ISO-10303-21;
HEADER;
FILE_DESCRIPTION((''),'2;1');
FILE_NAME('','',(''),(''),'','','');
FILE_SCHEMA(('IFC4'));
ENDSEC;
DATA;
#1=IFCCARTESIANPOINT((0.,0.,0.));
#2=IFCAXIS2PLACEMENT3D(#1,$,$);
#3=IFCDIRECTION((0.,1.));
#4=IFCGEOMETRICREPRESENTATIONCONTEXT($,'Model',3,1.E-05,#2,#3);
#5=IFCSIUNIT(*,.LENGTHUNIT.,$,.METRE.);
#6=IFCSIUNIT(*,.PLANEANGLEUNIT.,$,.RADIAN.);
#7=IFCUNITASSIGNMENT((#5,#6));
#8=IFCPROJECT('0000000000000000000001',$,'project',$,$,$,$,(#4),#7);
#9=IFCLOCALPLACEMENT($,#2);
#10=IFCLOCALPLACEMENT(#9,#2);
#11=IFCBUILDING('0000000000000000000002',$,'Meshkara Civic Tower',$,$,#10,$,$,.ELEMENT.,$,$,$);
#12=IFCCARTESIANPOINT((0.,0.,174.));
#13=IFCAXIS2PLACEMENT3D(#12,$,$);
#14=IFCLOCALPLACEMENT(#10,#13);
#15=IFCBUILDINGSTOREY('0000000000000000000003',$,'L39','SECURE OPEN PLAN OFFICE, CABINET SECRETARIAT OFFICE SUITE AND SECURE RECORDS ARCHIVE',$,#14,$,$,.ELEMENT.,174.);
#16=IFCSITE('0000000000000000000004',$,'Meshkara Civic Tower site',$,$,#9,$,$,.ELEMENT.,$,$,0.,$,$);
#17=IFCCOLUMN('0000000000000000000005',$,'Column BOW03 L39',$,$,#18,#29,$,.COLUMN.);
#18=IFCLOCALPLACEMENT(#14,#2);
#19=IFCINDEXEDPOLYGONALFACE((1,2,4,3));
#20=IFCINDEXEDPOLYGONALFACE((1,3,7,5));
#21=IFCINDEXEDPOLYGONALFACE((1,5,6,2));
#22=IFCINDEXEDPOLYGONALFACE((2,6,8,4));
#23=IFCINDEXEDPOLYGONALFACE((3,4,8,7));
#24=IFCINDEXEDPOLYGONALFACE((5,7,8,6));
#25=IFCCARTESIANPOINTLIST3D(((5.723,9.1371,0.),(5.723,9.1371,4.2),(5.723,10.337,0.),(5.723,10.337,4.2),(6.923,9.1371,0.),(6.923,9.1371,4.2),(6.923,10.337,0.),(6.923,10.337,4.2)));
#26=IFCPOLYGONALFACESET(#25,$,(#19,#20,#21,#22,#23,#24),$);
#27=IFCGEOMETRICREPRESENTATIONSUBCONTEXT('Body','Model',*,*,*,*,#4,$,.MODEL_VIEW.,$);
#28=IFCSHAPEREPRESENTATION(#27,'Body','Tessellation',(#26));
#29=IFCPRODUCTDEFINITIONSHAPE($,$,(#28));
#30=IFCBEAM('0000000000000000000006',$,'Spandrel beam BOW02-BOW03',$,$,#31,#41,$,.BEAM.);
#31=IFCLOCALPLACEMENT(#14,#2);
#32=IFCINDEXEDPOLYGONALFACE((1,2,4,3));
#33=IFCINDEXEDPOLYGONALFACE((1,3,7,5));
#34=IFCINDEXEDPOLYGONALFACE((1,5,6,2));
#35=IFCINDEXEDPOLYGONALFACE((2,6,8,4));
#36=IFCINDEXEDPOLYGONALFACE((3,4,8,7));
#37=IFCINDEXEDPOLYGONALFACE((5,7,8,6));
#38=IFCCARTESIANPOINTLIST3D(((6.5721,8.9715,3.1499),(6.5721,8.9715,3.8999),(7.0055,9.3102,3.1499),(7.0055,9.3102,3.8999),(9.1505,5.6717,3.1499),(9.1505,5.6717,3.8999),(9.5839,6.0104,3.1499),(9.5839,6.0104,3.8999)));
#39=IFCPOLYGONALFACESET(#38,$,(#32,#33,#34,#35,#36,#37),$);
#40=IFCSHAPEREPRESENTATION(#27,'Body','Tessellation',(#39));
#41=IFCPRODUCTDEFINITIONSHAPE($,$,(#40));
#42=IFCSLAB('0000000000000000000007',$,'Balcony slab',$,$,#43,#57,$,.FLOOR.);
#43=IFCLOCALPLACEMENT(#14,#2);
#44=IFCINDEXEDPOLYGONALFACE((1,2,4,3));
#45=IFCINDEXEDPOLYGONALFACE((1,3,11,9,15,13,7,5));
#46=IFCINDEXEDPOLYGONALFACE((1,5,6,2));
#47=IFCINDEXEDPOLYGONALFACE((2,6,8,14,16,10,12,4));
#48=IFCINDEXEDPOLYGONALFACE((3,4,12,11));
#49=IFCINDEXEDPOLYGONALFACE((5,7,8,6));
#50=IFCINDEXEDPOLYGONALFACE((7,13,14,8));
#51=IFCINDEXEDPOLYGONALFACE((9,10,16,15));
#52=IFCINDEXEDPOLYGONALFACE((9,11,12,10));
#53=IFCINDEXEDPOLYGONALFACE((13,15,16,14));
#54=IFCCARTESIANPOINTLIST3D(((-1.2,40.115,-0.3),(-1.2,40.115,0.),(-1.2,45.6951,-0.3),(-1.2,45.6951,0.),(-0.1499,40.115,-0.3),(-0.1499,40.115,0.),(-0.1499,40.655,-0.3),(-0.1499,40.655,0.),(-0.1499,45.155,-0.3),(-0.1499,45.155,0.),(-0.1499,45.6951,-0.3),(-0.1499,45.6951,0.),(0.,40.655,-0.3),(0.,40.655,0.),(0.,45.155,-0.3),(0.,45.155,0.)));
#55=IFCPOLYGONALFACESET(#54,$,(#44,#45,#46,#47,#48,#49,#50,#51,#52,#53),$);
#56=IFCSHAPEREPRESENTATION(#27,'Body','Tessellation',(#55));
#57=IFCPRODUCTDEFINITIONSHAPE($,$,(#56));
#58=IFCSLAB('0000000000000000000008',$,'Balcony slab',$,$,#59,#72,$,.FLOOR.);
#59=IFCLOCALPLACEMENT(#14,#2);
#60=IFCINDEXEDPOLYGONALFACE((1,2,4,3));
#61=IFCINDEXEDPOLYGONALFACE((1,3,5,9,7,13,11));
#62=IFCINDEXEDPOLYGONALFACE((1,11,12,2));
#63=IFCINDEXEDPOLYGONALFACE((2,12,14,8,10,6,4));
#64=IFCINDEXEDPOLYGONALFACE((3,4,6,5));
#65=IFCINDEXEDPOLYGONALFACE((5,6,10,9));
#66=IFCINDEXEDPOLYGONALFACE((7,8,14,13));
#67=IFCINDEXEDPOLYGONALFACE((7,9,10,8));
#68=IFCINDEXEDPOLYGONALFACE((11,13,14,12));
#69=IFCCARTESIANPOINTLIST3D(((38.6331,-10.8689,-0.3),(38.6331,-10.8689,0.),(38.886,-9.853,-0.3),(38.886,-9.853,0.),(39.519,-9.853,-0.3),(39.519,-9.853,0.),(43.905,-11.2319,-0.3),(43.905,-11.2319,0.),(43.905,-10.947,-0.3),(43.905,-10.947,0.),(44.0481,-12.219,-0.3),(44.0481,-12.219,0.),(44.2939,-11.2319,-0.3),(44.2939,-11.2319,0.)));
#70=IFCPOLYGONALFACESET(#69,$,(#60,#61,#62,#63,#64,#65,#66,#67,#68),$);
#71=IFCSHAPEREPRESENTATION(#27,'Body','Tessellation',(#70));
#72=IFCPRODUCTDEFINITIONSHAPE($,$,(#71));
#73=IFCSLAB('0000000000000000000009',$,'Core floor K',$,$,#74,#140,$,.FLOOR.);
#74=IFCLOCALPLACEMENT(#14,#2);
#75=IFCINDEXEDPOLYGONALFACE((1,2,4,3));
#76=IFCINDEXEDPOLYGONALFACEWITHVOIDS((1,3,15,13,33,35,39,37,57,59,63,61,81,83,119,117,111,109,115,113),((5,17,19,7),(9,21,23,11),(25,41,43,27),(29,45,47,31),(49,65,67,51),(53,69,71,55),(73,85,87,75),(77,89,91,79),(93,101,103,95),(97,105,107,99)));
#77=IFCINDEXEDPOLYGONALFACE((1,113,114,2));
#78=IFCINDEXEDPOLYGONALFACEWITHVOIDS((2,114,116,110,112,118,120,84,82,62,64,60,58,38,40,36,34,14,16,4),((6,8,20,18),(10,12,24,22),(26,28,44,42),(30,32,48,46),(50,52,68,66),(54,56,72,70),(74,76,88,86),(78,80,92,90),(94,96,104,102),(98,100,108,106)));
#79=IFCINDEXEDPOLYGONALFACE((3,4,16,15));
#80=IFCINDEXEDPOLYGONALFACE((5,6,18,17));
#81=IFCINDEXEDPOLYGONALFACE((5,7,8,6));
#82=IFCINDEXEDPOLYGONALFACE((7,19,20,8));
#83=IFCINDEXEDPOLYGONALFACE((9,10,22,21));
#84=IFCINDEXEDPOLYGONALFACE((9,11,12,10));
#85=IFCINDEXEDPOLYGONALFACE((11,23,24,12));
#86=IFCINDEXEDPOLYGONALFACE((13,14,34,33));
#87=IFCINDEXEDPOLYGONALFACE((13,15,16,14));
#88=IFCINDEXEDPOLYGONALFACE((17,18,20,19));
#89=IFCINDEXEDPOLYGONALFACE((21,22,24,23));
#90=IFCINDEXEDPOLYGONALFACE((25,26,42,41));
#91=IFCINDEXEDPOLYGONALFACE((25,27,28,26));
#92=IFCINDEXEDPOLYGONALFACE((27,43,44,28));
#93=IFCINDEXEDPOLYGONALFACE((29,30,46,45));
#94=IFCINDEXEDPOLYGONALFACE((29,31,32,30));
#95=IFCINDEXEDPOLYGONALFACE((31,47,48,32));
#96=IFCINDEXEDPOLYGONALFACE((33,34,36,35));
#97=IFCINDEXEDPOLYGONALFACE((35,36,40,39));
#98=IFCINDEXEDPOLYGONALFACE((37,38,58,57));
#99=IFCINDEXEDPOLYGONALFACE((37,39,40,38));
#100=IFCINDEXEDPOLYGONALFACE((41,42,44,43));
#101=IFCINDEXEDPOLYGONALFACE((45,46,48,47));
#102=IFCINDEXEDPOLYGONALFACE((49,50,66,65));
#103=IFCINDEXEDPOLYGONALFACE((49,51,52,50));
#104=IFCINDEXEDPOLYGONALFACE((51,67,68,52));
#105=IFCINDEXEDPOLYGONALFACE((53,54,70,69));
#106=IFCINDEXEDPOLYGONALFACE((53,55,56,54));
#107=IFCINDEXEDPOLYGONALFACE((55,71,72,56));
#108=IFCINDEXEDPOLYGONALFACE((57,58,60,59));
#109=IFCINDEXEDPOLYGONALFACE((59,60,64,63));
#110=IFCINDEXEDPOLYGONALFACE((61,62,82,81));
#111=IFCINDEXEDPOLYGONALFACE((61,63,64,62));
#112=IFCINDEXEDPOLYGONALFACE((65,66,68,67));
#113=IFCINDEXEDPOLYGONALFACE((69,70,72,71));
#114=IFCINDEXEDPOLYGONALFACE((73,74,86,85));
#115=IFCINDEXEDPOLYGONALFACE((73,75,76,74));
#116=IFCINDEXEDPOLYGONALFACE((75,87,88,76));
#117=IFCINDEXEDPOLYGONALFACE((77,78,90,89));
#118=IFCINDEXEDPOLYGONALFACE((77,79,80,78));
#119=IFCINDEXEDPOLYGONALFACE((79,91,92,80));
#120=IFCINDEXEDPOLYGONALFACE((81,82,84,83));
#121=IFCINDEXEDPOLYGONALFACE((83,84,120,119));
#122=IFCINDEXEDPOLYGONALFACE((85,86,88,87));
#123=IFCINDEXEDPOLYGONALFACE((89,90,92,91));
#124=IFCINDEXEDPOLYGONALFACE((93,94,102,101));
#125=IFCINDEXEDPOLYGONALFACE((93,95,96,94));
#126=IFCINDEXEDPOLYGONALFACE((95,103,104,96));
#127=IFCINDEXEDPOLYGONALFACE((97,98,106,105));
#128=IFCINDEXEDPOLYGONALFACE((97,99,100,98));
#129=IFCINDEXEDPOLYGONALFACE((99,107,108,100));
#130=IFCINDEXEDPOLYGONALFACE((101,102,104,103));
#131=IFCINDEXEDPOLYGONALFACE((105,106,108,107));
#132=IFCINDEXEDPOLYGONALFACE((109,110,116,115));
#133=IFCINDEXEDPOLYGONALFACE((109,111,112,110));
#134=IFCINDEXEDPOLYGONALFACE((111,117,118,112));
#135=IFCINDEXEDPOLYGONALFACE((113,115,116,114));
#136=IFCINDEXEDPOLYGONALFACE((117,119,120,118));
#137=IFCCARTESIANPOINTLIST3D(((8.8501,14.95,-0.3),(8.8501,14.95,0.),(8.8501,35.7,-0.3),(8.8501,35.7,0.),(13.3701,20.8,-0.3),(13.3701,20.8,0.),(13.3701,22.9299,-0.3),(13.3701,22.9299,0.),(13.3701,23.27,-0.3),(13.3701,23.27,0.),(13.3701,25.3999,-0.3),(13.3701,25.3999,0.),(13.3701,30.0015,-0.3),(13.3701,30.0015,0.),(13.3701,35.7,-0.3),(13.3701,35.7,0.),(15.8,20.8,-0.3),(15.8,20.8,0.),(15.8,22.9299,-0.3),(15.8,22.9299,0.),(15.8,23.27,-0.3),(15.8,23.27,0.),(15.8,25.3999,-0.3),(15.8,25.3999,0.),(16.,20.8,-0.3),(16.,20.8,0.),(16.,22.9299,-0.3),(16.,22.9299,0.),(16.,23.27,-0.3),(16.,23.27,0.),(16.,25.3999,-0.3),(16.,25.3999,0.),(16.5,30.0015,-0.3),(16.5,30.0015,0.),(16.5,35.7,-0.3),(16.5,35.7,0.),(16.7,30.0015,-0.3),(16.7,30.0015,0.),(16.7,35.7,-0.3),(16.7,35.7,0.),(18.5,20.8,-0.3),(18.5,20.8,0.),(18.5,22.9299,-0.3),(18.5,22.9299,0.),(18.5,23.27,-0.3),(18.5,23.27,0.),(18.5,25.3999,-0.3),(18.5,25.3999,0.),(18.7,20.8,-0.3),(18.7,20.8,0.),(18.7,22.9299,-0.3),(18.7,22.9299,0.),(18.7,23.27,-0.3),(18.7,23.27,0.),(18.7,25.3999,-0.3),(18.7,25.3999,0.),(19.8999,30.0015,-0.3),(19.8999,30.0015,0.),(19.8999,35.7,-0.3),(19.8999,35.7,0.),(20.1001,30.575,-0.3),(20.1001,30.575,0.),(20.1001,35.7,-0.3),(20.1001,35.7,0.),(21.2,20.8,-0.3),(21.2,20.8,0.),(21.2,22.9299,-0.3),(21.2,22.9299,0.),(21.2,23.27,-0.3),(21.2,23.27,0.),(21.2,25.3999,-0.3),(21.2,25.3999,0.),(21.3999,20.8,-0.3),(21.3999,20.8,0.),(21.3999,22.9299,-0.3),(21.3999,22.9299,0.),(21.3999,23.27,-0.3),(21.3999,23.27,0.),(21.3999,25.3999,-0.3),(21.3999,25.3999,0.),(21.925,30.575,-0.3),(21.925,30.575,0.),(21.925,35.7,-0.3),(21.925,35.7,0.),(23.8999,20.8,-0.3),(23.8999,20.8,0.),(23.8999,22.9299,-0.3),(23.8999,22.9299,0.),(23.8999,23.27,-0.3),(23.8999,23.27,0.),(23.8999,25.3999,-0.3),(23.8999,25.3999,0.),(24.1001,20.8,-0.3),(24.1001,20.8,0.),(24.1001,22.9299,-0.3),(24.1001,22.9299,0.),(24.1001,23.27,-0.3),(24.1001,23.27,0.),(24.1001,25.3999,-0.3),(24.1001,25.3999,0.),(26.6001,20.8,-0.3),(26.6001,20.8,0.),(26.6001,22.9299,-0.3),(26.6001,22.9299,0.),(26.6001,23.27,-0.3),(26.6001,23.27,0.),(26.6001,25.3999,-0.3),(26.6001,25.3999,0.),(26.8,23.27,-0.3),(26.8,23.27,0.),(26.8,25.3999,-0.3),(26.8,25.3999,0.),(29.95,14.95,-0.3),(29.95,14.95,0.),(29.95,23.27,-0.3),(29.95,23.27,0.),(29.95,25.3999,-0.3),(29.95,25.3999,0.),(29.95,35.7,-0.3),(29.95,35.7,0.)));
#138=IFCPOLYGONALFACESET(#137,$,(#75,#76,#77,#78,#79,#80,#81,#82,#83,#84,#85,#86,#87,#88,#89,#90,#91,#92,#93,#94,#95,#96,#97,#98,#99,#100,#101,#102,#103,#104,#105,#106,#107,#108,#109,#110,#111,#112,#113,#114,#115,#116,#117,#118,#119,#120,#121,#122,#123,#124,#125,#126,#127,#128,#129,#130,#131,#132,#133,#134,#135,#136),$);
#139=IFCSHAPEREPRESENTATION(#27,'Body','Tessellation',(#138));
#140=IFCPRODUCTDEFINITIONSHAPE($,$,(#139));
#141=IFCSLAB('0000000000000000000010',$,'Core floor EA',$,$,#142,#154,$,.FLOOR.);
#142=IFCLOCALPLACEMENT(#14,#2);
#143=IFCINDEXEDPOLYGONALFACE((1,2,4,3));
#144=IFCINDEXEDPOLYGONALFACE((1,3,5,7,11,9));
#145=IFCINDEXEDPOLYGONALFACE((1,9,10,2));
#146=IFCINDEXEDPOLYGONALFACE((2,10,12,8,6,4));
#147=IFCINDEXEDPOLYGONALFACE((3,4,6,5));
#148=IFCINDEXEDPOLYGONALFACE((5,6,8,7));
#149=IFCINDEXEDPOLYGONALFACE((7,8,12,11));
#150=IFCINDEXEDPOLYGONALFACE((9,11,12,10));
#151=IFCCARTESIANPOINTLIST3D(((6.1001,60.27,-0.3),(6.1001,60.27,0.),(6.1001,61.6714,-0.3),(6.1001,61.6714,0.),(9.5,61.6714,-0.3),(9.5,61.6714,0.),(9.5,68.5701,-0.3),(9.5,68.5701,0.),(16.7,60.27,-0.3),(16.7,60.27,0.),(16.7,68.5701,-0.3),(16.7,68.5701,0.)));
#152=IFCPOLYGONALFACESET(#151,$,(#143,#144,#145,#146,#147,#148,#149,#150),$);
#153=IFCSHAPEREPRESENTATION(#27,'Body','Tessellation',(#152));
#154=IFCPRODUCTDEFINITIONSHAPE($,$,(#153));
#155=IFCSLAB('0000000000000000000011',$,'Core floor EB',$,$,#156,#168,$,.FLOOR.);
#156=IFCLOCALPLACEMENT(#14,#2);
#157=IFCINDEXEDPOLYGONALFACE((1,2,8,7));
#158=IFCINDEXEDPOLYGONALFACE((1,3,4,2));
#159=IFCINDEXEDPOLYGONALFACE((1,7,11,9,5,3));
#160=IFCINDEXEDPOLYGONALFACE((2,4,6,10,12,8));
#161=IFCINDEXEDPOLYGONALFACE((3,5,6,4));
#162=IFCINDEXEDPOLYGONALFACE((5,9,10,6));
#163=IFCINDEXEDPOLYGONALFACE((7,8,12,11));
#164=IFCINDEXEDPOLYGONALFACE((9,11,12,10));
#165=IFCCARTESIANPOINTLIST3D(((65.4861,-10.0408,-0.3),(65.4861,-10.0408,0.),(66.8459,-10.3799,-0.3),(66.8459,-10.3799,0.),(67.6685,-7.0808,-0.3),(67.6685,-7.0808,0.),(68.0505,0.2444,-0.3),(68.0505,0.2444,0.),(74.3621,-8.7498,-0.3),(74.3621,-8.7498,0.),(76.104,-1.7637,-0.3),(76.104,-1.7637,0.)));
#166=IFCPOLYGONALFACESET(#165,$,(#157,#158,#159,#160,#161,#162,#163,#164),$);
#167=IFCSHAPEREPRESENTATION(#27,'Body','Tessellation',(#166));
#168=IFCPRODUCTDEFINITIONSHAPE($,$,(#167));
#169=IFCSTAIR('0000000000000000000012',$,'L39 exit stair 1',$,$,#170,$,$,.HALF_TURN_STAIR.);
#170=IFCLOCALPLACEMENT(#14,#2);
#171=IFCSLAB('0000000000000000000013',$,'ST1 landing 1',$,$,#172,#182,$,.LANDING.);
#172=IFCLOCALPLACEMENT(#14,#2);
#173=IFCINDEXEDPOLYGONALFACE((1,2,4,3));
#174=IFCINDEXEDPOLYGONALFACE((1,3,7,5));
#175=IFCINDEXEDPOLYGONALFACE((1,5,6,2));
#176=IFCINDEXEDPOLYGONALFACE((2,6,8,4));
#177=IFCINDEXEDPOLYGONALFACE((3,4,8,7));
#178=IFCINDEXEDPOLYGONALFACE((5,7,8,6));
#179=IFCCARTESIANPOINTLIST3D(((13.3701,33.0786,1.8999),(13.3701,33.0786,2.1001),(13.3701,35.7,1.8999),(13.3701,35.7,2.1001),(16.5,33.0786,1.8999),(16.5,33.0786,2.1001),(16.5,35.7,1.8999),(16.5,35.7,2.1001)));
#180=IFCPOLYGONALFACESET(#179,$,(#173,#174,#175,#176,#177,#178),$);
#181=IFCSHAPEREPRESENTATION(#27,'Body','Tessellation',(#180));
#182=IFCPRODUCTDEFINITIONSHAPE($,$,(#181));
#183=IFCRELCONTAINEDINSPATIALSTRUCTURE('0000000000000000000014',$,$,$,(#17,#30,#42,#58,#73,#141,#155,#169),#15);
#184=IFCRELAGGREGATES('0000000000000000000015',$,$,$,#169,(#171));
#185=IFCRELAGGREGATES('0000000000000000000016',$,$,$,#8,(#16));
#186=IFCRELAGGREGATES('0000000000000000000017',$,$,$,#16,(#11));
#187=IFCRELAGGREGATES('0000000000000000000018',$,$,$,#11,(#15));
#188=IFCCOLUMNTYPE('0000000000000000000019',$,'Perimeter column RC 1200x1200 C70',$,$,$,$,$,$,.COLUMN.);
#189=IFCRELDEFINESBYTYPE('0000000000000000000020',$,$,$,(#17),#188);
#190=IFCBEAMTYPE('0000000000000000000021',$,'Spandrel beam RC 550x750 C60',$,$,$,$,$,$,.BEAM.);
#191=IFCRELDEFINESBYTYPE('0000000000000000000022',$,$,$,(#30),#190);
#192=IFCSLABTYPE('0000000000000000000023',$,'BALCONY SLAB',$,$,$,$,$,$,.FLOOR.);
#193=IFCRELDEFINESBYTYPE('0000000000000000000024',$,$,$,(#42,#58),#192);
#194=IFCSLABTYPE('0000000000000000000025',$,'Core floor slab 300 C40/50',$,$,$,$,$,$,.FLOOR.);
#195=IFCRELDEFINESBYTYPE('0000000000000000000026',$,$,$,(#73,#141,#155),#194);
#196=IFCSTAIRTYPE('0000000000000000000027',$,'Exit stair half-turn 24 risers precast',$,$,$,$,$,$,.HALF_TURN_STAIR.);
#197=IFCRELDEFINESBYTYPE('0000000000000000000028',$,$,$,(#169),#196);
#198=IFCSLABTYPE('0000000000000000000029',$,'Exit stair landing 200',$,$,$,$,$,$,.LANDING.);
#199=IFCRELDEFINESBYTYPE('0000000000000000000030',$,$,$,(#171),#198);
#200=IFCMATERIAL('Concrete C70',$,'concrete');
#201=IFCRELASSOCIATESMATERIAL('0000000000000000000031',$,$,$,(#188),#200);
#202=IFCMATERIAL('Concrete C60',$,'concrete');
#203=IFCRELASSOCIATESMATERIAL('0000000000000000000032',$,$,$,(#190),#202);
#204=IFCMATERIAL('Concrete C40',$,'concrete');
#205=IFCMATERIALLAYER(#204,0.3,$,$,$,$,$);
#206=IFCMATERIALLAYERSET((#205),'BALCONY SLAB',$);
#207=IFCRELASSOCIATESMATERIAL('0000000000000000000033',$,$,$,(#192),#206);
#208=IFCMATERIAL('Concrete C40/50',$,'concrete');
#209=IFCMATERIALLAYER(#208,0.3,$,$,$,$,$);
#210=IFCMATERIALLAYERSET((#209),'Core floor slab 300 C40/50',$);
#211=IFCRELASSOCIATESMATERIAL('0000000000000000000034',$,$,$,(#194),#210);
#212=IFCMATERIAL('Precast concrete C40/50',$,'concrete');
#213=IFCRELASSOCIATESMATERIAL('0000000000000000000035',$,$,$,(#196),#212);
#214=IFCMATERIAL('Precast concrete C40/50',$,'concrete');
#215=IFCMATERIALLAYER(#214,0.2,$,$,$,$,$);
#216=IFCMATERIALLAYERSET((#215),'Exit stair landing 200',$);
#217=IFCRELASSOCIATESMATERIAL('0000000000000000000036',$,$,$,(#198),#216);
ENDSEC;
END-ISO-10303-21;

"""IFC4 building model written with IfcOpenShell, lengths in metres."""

from ifc_helpers import new_model, si_unit, direction, frame, origin, origin_2d, place, context, subcontext, project, spatial, polyline, rectangle, outline, extrude, material, layer, layer_set, material_profile, profile_set, type_object, element, aggregate, save


model = new_model("IFC4")

# Units and contexts
model_context = context("Model", 3, precision=1e-05, world=origin(), true_north=direction((0.0, 1.0)))
body_context = subcontext(model_context, "Body", "Model", "MODEL_VIEW")
ifc_project = project(units=[si_unit("LENGTHUNIT", "METRE"), si_unit("PLANEANGLEUNIT", "RADIAN")], contexts=[model_context])

# Site, building, storey
site_placement = place(None, origin())
site = spatial("IfcSite", under=ifc_project, at=site_placement, Name="Meshkara Civic Tower site", CompositionType="ELEMENT", RefElevation=0.0)
building_placement = place(site_placement, origin())
building = spatial("IfcBuilding", under=site, at=building_placement, Name="Meshkara Civic Tower", CompositionType="ELEMENT")
storey_placement = place(building_placement, frame((0.0, 0.0, 174.0)))
storey = spatial("IfcBuildingStorey", under=building, at=storey_placement, Name="L39", Description="SECURE OPEN PLAN OFFICE, CABINET SECRETARIAT OFFICE SUITE AND SECURE RECORDS ARCHIVE", CompositionType="ELEMENT", Elevation=174.0)

# Column
ifc_material_1 = material(Name="Concrete C70", Category="concrete")
ifc_material_profile_1 = material_profile(ifc_material_1, rectangle(XDim=1.2, YDim=1.2, at=origin_2d()))
ifc_profile_set_1 = profile_set([ifc_material_profile_1], Name="Concrete C70")
column_type = type_object("IfcColumnType", Name="Perimeter column RC 1200x1200 C70", PredefinedType="COLUMN", material=ifc_profile_set_1)
column_placement = place(storey_placement, frame((6.323, 9.7371, 0.0), z_axis=(0.0, 0.0, 1.0), x_axis=(1.0, 0.0, 0.0)))
element("IfcColumn", 1, at=column_placement, inside=storey, type_object=column_type, Name="Column BOW03 L39", PredefinedType="COLUMN", context=body_context, shape_type="SweptSolid", body=[
    extrude(rectangle(XDim=1.2, YDim=1.2, at=origin_2d()), origin(), (0.0, 0.0, 1.0), 4.2),
])

# Beam
ifc_material_2 = material(Name="Concrete C60", Category="concrete")
ifc_material_profile_2 = material_profile(ifc_material_2, rectangle(XDim=0.55, YDim=0.75, at=origin_2d()))
ifc_profile_set_2 = profile_set([ifc_material_profile_2], Name="Concrete C60")
beam_type = type_object("IfcBeamType", Name="Spandrel beam RC 550x750 C60", PredefinedType="BEAM", material=ifc_profile_set_2)
beam_placement = place(storey_placement, frame((6.7888, 9.1409, 3.5249), z_axis=(0.615703, -0.787978, 0.0), x_axis=(0.787978, 0.615703, 0.0)))
element("IfcBeam", 2, at=beam_placement, inside=storey, type_object=beam_type, Name="Spandrel beam BOW02-BOW03", PredefinedType="BEAM", context=body_context, shape_type="SweptSolid", body=[
    extrude(rectangle(XDim=0.55, YDim=0.75, at=origin_2d()), origin(), (0.0, 0.0, 1.0), 4.1877),
])

# Slabs
ifc_material_3 = material(Name="Concrete C40", Category="concrete")
ifc_layer_1 = layer(ifc_material_3, 0.3)
ifc_layer_set_1 = layer_set([ifc_layer_1], Name="BALCONY SLAB")
slab_type_1 = type_object("IfcSlabType", Name="BALCONY SLAB", PredefinedType="FLOOR", material=ifc_layer_set_1)
slab_1_placement = place(storey_placement, frame((0.0, 0.0, -0.3)))
element("IfcSlab", 3, at=slab_1_placement, inside=storey, type_object=slab_type_1, Name="Balcony slab", PredefinedType="FLOOR", context=body_context, shape_type="SweptSolid", body=[
    extrude(outline(polyline([(-1.2, 40.115), (-1.2, 45.6951), (-0.1499, 45.6951), (-0.1499, 45.155), (0.0, 45.155), (0.0, 40.655), (-0.1499, 40.655), (-0.1499, 40.115), (-1.2, 40.115)])), origin(), (0.0, 0.0, 1.0), 0.3),
])
slab_2_placement = place(storey_placement, frame((0.0, 0.0, -0.3)))
element("IfcSlab", 4, at=slab_2_placement, inside=storey, type_object=slab_type_1, Name="Balcony slab", PredefinedType="FLOOR", context=body_context, shape_type="SweptSolid", body=[
    extrude(outline(polyline([(44.0481, -12.219), (38.6331, -10.8689), (38.886, -9.853), (39.519, -9.853), (43.905, -10.947), (43.905, -11.2319), (44.2939, -11.2319), (44.0481, -12.219)])), origin(), (0.0, 0.0, 1.0), 0.3),
])
ifc_material_4 = material(Name="Concrete C40/50", Category="concrete")
ifc_layer_2 = layer(ifc_material_4, 0.3)
ifc_layer_set_2 = layer_set([ifc_layer_2], Name="Core floor slab 300 C40/50")
slab_type_2 = type_object("IfcSlabType", Name="Core floor slab 300 C40/50", PredefinedType="FLOOR", material=ifc_layer_set_2)
slab_3_placement = place(storey_placement, frame((0.0, 0.0, -0.3)))
element("IfcSlab", 5, at=slab_3_placement, inside=storey, type_object=slab_type_2, Name="Core floor K", PredefinedType="FLOOR", context=body_context, shape_type="SweptSolid", body=[
    extrude(outline(polyline([(8.8501, 35.7), (13.3701, 35.7), (13.3701, 30.0015), (16.5, 30.0015), (16.5, 35.7), (16.7, 35.7), (16.7, 30.0015), (19.8999, 30.0015), (19.8999, 35.7), (20.1001, 35.7), (20.1001, 30.575), (21.925, 30.575), (21.925, 35.7), (29.95, 35.7), (29.95, 25.3999), (26.8, 25.3999), (26.8, 23.27), (29.95, 23.27), (29.95, 14.95), (8.8501, 14.95), (8.8501, 35.7)]), holes=[polyline([(15.8, 22.9299), (13.3701, 22.9299), (13.3701, 20.8), (15.8, 20.8), (15.8, 22.9299)]), polyline([(16.0, 22.9299), (16.0, 20.8), (18.5, 20.8), (18.5, 22.9299), (16.0, 22.9299)]), polyline([(18.7, 22.9299), (18.7, 20.8), (21.2, 20.8), (21.2, 22.9299), (18.7, 22.9299)]), polyline([(15.8, 23.27), (15.8, 25.3999), (13.3701, 25.3999), (13.3701, 23.27), (15.8, 23.27)]), polyline([(16.0, 25.3999), (16.0, 23.27), (18.5, 23.27), (18.5, 25.3999), (16.0, 25.3999)]), polyline([(21.3999, 20.8), (23.8999, 20.8), (23.8999, 22.9299), (21.3999, 22.9299), (21.3999, 20.8)]), polyline([(24.1001, 20.8), (26.6001, 20.8), (26.6001, 22.9299), (24.1001, 22.9299), (24.1001, 20.8)]), polyline([(18.7, 25.3999), (18.7, 23.27), (21.2, 23.27), (21.2, 25.3999), (18.7, 25.3999)]), polyline([(21.3999, 25.3999), (21.3999, 23.27), (23.8999, 23.27), (23.8999, 25.3999), (21.3999, 25.3999)]), polyline([(26.6001, 23.27), (26.6001, 25.3999), (24.1001, 25.3999), (24.1001, 23.27), (26.6001, 23.27)])]), origin(), (0.0, 0.0, 1.0), 0.3),
])
slab_4_placement = place(storey_placement, frame((0.0, 0.0, -0.3)))
element("IfcSlab", 6, at=slab_4_placement, inside=storey, type_object=slab_type_2, Name="Core floor EA", PredefinedType="FLOOR", context=body_context, shape_type="SweptSolid", body=[
    extrude(outline(polyline([(16.7, 60.27), (16.7, 68.5701), (9.5, 68.5701), (9.5, 61.6714), (6.1001, 61.6714), (6.1001, 60.27), (16.7, 60.27)])), origin(), (0.0, 0.0, 1.0), 0.3),
])
slab_5_placement = place(storey_placement, frame((0.0, 0.0, -0.3)))
element("IfcSlab", 7, at=slab_5_placement, inside=storey, type_object=slab_type_2, Name="Core floor EB", PredefinedType="FLOOR", context=body_context, shape_type="SweptSolid", body=[
    extrude(outline(polyline([(68.0505, 0.2444), (76.104, -1.7637), (74.3621, -8.7498), (67.6685, -7.0808), (66.8459, -10.3799), (65.4861, -10.0408), (68.0505, 0.2444)])), origin(), (0.0, 0.0, 1.0), 0.3),
])

# Stair, slab
ifc_material_5 = material(Name="Precast concrete C40/50", Category="concrete")
stair_type = type_object("IfcStairType", Name="Exit stair half-turn 24 risers precast", PredefinedType="HALF_TURN_STAIR", material=ifc_material_5)
stair_1_placement = place(storey_placement, origin())
stair_1 = element("IfcStair", 8, at=stair_1_placement, inside=storey, type_object=stair_type, Name="L39 exit stair 1", PredefinedType="HALF_TURN_STAIR")
ifc_material_6 = material(Name="Precast concrete C40/50", Category="concrete")
ifc_layer_3 = layer(ifc_material_6, 0.2)
ifc_layer_set_3 = layer_set([ifc_layer_3], Name="Exit stair landing 200")
slab_type_3 = type_object("IfcSlabType", Name="Exit stair landing 200", PredefinedType="LANDING", material=ifc_layer_set_3)
slab_6_placement = place(storey_placement, frame((0.0, 0.0, 1.8999)))
slab_6 = element("IfcSlab", 9, at=slab_6_placement, type_object=slab_type_3, Name="ST1 landing 1", PredefinedType="LANDING", context=body_context, shape_type="SweptSolid", body=[
    extrude(outline(polyline([(16.5, 33.0786), (16.5, 35.7), (13.3701, 35.7), (13.3701, 33.0786), (16.5, 33.0786)])), origin(), (0.0, 0.0, 1.0), 0.2002),
])
aggregate(stair_1, [slab_6])

save(model, "model.ifc")
